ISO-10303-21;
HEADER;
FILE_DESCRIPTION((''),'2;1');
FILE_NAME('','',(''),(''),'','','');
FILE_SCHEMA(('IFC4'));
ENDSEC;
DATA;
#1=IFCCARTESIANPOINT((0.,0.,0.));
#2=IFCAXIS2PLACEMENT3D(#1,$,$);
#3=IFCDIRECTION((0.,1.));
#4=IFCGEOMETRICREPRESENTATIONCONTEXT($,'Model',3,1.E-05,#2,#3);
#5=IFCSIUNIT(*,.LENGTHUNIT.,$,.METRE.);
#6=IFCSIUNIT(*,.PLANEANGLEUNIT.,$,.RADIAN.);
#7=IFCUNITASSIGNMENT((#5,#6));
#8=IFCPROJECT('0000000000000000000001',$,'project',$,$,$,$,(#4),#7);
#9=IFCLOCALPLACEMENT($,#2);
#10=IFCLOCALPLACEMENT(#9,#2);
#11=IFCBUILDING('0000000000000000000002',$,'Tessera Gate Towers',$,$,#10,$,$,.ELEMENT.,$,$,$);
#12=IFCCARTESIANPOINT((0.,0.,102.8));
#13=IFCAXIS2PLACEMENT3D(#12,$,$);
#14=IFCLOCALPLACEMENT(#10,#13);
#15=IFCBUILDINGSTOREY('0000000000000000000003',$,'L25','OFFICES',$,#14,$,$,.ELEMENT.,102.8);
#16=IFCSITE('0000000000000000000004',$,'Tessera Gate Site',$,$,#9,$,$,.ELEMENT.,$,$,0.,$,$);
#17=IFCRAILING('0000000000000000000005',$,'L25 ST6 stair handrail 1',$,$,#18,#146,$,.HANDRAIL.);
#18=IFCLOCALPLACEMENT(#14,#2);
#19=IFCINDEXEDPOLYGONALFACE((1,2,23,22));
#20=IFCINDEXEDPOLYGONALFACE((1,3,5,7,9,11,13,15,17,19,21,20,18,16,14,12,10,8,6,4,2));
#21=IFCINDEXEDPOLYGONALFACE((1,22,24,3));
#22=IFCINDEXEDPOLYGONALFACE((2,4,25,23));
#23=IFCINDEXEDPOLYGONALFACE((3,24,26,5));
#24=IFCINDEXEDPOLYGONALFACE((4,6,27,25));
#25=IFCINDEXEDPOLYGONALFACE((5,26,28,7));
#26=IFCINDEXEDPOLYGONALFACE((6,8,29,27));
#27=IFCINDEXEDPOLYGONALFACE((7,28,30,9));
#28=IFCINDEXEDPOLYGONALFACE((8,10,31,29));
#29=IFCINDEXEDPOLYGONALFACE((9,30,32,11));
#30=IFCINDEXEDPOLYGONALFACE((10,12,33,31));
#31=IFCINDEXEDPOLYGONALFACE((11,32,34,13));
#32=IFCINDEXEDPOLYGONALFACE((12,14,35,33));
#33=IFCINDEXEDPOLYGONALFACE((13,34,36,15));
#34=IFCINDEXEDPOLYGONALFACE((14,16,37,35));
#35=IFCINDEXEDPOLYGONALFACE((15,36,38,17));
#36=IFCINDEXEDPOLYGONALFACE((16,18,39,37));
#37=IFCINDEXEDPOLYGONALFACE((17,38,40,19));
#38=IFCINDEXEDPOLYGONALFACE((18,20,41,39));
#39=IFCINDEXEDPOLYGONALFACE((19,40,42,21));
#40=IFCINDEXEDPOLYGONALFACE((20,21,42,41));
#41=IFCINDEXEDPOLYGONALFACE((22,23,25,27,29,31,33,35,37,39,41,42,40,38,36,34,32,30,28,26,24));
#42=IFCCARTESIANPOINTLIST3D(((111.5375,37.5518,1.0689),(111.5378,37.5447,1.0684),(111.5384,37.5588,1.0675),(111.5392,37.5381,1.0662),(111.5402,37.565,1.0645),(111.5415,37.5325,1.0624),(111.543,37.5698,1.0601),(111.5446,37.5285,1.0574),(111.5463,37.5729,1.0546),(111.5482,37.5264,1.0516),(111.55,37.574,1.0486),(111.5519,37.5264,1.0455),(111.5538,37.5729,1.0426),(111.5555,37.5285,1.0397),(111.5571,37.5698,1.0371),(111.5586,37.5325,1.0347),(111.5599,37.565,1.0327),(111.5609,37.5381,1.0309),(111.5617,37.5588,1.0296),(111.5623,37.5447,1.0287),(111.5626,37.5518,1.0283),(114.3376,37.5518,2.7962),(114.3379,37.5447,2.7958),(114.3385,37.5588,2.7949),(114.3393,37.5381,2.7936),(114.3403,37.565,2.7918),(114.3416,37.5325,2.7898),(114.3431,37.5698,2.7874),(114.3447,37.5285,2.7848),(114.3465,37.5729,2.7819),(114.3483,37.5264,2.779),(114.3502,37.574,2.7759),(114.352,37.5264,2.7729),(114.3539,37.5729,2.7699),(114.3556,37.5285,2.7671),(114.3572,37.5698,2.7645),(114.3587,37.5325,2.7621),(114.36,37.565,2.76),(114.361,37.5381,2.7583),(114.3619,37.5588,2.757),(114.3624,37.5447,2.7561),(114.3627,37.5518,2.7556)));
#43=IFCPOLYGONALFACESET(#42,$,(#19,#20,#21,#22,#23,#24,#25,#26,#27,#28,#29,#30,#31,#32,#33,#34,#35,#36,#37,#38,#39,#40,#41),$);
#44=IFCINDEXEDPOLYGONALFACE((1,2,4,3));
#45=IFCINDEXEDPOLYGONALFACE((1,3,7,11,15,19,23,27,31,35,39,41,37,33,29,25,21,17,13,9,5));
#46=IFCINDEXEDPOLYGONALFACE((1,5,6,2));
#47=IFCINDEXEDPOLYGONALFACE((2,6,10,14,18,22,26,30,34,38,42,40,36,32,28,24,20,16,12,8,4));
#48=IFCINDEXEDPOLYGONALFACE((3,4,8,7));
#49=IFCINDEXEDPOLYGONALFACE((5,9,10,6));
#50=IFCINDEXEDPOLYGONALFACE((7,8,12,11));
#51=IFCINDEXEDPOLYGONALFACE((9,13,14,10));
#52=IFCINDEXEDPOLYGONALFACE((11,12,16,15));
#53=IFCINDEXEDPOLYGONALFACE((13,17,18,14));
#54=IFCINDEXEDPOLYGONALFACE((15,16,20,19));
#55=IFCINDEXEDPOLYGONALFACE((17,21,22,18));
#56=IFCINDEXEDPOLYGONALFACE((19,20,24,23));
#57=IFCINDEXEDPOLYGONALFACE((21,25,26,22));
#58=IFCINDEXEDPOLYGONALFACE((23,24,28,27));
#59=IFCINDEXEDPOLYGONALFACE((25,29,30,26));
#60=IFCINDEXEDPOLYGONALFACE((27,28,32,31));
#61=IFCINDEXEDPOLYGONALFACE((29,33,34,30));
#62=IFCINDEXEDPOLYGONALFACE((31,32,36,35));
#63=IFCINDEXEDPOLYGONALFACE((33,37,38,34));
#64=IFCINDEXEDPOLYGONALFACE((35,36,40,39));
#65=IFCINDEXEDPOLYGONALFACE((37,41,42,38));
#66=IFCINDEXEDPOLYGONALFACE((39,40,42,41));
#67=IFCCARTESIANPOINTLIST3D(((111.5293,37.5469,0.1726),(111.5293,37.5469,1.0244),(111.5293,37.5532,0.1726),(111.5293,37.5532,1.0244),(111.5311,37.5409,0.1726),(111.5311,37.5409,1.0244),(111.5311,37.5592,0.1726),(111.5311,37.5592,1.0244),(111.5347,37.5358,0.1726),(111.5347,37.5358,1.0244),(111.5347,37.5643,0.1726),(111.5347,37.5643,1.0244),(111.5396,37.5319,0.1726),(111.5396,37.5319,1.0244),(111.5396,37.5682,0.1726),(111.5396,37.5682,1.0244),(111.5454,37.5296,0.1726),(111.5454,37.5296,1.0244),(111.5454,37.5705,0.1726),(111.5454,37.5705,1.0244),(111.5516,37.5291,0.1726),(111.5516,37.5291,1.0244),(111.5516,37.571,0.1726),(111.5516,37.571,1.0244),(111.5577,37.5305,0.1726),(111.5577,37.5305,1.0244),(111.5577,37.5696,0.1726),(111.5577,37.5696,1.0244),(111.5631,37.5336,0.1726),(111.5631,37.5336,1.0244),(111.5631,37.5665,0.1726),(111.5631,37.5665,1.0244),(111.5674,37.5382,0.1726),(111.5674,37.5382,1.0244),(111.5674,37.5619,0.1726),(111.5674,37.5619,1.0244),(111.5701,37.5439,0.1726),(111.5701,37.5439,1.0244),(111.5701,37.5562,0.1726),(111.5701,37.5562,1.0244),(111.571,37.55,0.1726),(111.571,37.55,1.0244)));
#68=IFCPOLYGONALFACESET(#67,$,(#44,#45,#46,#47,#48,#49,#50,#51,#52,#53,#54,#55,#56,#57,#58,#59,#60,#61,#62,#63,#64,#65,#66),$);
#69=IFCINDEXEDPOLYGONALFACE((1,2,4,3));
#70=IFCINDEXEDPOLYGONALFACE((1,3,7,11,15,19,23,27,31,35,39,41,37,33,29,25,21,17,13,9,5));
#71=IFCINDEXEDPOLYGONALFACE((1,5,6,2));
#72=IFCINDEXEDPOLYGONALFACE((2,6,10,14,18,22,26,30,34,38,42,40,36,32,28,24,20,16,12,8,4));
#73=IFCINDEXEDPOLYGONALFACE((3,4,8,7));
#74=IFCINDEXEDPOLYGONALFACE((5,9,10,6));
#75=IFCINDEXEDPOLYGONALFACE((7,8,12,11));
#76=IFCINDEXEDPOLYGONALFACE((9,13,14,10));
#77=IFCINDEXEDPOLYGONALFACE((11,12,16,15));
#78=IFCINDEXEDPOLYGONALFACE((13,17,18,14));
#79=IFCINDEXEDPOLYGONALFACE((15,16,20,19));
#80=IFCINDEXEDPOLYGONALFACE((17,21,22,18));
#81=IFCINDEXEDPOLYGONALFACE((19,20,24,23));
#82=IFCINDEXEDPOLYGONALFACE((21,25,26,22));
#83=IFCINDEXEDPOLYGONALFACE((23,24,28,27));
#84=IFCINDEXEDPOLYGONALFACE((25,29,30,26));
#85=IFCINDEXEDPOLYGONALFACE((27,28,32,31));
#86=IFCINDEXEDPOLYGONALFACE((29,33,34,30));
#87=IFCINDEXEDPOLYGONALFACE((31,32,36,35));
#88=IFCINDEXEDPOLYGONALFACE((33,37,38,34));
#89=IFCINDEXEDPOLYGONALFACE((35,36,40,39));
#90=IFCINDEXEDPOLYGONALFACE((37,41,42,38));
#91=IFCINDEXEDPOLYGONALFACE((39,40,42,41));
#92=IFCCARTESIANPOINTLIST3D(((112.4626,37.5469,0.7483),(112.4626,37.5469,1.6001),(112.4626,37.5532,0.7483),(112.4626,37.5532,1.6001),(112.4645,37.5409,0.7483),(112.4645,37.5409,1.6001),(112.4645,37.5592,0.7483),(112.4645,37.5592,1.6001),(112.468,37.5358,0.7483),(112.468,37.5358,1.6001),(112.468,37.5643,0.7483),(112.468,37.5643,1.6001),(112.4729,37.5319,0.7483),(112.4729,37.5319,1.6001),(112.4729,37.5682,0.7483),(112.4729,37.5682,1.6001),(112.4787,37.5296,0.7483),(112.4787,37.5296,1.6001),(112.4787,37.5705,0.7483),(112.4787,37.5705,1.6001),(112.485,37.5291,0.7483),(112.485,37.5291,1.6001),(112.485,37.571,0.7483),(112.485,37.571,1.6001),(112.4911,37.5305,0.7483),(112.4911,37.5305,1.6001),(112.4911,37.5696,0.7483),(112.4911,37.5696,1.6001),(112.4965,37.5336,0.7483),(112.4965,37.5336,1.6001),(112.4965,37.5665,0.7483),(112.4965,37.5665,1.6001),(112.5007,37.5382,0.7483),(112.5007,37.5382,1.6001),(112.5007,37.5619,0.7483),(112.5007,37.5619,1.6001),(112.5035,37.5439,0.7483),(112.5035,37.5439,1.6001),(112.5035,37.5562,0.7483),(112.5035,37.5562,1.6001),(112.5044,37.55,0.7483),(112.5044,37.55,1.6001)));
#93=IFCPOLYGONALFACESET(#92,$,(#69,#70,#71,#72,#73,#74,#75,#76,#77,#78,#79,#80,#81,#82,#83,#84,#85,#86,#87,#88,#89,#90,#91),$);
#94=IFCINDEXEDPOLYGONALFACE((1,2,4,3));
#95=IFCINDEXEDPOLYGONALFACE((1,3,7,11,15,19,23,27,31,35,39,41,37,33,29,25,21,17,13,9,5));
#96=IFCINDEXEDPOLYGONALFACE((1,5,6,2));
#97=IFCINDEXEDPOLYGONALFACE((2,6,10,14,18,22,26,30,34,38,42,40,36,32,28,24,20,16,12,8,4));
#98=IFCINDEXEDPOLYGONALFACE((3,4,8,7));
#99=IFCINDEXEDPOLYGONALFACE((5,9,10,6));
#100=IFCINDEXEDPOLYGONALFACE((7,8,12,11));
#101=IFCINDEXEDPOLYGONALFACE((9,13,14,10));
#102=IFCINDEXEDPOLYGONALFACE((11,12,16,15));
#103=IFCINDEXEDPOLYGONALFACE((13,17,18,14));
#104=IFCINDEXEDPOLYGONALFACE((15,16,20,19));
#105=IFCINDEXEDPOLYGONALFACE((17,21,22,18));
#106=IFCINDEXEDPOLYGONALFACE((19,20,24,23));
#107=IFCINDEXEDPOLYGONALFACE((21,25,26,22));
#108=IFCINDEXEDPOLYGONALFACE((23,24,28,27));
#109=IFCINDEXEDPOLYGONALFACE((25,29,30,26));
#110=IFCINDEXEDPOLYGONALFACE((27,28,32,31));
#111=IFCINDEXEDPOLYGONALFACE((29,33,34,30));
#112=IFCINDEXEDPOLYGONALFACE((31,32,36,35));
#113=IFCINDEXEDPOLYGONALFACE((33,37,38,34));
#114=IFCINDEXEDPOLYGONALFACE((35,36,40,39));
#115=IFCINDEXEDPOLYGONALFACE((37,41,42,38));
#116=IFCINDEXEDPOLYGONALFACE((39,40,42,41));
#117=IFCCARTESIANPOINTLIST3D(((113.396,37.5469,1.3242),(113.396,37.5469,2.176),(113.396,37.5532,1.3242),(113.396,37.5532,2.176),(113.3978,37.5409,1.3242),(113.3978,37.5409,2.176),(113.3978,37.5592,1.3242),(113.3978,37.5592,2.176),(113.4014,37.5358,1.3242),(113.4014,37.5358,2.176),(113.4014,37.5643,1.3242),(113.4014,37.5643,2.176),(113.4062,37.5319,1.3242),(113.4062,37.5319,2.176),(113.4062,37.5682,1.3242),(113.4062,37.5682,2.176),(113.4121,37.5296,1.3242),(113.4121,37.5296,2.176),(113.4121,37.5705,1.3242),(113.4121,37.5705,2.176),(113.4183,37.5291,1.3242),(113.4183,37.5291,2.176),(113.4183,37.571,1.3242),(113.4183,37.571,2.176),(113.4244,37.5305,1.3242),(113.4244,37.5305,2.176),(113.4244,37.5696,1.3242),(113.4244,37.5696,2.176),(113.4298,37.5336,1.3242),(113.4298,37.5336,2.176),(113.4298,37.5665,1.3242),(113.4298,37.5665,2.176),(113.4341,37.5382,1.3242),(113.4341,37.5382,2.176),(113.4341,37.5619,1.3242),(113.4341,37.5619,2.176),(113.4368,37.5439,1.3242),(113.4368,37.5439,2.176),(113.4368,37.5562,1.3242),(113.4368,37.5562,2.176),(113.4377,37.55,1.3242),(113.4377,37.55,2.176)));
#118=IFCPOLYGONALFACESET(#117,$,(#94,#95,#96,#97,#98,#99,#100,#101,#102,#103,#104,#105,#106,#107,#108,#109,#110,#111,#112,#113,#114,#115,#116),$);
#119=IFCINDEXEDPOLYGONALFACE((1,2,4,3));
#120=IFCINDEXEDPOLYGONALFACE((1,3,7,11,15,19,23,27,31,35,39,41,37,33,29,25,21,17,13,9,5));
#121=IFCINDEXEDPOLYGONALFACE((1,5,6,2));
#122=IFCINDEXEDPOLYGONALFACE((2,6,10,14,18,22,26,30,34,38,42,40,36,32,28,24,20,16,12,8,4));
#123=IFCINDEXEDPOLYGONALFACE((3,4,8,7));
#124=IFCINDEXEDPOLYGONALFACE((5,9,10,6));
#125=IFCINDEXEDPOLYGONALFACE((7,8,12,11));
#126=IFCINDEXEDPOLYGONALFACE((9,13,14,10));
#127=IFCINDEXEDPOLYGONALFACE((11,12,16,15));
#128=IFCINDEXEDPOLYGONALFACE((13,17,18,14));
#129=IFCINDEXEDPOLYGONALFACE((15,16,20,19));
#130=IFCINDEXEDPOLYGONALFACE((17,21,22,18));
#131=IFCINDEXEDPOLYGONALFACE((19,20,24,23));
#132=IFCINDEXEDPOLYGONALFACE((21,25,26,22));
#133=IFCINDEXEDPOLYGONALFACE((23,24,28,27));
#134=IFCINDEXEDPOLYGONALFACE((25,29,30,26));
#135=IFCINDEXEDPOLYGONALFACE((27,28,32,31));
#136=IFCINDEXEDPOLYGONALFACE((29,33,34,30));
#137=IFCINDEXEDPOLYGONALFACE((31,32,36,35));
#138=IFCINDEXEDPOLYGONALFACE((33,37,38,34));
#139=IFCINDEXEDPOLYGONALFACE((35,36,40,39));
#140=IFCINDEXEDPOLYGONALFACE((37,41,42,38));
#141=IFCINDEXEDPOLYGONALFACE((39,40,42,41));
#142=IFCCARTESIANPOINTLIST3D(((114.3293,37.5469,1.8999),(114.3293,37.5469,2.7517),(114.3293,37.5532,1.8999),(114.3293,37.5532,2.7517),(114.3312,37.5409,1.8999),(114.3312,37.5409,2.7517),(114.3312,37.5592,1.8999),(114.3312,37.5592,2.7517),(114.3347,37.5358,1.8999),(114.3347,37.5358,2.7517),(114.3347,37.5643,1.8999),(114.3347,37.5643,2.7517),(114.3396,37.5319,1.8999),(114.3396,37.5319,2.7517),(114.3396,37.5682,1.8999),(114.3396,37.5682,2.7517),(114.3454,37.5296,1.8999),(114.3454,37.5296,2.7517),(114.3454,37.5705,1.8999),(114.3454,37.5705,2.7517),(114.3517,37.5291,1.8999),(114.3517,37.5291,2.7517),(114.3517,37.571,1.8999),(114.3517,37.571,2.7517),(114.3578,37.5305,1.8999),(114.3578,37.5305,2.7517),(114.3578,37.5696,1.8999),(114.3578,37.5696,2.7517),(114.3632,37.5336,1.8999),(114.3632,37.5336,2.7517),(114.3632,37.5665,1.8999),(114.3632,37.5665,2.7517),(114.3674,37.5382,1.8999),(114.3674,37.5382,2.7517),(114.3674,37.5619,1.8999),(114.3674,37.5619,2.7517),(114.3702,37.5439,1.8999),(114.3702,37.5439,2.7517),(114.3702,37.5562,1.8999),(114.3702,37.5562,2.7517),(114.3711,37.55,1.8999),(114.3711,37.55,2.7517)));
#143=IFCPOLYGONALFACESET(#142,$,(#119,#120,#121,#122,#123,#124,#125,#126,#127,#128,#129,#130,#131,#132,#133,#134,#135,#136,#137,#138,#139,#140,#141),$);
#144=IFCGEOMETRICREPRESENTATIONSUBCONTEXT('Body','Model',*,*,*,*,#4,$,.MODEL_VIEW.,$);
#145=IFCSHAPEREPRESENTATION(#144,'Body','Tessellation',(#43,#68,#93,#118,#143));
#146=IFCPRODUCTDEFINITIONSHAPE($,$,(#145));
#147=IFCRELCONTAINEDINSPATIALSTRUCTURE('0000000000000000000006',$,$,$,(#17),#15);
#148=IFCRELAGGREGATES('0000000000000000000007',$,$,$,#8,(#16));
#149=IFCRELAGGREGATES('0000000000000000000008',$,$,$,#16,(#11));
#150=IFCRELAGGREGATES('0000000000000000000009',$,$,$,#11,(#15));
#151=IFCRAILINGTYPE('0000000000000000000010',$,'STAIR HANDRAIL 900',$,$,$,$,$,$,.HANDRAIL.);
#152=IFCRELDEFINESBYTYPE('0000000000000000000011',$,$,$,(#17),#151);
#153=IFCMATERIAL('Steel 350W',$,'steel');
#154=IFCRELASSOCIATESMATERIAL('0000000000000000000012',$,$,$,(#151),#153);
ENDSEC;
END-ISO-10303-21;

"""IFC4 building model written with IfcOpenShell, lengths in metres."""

from ifc_helpers import new_model, si_unit, direction, frame, origin, origin_2d, place, context, subcontext, project, spatial, circle, extrude, material, type_object, element, save


model = new_model("IFC4")

# Units and contexts
model_context = context("Model", 3, precision=1e-05, world=origin(), true_north=direction((0.0, 1.0)))
body_context = subcontext(model_context, "Body", "Model", "MODEL_VIEW")
ifc_project = project(units=[si_unit("LENGTHUNIT", "METRE"), si_unit("PLANEANGLEUNIT", "RADIAN")], contexts=[model_context])

# Site, building, storey
site_placement = place(None, origin())
site = spatial("IfcSite", under=ifc_project, at=site_placement, Name="Tessera Gate Site", CompositionType="ELEMENT", RefElevation=0.0)
building_placement = place(site_placement, origin())
building = spatial("IfcBuilding", under=site, at=building_placement, Name="Tessera Gate Towers", CompositionType="ELEMENT")
storey_placement = place(building_placement, frame((0.0, 0.0, 102.8)))
storey = spatial("IfcBuildingStorey", under=building, at=storey_placement, Name="L25", Description="OFFICES", CompositionType="ELEMENT", Elevation=102.8)

# Railing
ifc_material_1 = material(Name="Steel 350W", Category="steel")
railing_type_1 = type_object("IfcRailingType", Name="STAIR HANDRAIL 900", PredefinedType="HANDRAIL", material=ifc_material_1)
railing_1_placement = place(storey_placement, frame((111.55, 37.55, 0.1726)))
element("IfcRailing", 1, at=railing_1_placement, inside=storey, type_object=railing_type_1, Name="L25 ST6 stair handrail 1", PredefinedType="HANDRAIL", context=body_context, shape_type="SweptSolid", body=[
    extrude(circle(Radius=0.0239, at=origin_2d()), frame((0.0, 0.0, 0.876), z_axis=(0.85109, 0.0, 0.52502), x_axis=(0.0, 1.0, 0.0)), (0.0, 0.0, 1.0), 3.29),
    extrude(circle(Radius=0.021, at=origin_2d()), origin(), (0.0, 0.0, 1.0), 0.8518),
    extrude(circle(Radius=0.021, at=origin_2d()), frame((0.9333, 0.0, 0.5757)), (0.0, 0.0, 1.0), 0.8518),
    extrude(circle(Radius=0.021, at=origin_2d()), frame((1.8667, 0.0, 1.1516)), (0.0, 0.0, 1.0), 0.8518),
    extrude(circle(Radius=0.021, at=origin_2d()), frame((2.8, 0.0, 1.7273)), (0.0, 0.0, 1.0), 0.8518),
])

save(model, "model.ifc")
